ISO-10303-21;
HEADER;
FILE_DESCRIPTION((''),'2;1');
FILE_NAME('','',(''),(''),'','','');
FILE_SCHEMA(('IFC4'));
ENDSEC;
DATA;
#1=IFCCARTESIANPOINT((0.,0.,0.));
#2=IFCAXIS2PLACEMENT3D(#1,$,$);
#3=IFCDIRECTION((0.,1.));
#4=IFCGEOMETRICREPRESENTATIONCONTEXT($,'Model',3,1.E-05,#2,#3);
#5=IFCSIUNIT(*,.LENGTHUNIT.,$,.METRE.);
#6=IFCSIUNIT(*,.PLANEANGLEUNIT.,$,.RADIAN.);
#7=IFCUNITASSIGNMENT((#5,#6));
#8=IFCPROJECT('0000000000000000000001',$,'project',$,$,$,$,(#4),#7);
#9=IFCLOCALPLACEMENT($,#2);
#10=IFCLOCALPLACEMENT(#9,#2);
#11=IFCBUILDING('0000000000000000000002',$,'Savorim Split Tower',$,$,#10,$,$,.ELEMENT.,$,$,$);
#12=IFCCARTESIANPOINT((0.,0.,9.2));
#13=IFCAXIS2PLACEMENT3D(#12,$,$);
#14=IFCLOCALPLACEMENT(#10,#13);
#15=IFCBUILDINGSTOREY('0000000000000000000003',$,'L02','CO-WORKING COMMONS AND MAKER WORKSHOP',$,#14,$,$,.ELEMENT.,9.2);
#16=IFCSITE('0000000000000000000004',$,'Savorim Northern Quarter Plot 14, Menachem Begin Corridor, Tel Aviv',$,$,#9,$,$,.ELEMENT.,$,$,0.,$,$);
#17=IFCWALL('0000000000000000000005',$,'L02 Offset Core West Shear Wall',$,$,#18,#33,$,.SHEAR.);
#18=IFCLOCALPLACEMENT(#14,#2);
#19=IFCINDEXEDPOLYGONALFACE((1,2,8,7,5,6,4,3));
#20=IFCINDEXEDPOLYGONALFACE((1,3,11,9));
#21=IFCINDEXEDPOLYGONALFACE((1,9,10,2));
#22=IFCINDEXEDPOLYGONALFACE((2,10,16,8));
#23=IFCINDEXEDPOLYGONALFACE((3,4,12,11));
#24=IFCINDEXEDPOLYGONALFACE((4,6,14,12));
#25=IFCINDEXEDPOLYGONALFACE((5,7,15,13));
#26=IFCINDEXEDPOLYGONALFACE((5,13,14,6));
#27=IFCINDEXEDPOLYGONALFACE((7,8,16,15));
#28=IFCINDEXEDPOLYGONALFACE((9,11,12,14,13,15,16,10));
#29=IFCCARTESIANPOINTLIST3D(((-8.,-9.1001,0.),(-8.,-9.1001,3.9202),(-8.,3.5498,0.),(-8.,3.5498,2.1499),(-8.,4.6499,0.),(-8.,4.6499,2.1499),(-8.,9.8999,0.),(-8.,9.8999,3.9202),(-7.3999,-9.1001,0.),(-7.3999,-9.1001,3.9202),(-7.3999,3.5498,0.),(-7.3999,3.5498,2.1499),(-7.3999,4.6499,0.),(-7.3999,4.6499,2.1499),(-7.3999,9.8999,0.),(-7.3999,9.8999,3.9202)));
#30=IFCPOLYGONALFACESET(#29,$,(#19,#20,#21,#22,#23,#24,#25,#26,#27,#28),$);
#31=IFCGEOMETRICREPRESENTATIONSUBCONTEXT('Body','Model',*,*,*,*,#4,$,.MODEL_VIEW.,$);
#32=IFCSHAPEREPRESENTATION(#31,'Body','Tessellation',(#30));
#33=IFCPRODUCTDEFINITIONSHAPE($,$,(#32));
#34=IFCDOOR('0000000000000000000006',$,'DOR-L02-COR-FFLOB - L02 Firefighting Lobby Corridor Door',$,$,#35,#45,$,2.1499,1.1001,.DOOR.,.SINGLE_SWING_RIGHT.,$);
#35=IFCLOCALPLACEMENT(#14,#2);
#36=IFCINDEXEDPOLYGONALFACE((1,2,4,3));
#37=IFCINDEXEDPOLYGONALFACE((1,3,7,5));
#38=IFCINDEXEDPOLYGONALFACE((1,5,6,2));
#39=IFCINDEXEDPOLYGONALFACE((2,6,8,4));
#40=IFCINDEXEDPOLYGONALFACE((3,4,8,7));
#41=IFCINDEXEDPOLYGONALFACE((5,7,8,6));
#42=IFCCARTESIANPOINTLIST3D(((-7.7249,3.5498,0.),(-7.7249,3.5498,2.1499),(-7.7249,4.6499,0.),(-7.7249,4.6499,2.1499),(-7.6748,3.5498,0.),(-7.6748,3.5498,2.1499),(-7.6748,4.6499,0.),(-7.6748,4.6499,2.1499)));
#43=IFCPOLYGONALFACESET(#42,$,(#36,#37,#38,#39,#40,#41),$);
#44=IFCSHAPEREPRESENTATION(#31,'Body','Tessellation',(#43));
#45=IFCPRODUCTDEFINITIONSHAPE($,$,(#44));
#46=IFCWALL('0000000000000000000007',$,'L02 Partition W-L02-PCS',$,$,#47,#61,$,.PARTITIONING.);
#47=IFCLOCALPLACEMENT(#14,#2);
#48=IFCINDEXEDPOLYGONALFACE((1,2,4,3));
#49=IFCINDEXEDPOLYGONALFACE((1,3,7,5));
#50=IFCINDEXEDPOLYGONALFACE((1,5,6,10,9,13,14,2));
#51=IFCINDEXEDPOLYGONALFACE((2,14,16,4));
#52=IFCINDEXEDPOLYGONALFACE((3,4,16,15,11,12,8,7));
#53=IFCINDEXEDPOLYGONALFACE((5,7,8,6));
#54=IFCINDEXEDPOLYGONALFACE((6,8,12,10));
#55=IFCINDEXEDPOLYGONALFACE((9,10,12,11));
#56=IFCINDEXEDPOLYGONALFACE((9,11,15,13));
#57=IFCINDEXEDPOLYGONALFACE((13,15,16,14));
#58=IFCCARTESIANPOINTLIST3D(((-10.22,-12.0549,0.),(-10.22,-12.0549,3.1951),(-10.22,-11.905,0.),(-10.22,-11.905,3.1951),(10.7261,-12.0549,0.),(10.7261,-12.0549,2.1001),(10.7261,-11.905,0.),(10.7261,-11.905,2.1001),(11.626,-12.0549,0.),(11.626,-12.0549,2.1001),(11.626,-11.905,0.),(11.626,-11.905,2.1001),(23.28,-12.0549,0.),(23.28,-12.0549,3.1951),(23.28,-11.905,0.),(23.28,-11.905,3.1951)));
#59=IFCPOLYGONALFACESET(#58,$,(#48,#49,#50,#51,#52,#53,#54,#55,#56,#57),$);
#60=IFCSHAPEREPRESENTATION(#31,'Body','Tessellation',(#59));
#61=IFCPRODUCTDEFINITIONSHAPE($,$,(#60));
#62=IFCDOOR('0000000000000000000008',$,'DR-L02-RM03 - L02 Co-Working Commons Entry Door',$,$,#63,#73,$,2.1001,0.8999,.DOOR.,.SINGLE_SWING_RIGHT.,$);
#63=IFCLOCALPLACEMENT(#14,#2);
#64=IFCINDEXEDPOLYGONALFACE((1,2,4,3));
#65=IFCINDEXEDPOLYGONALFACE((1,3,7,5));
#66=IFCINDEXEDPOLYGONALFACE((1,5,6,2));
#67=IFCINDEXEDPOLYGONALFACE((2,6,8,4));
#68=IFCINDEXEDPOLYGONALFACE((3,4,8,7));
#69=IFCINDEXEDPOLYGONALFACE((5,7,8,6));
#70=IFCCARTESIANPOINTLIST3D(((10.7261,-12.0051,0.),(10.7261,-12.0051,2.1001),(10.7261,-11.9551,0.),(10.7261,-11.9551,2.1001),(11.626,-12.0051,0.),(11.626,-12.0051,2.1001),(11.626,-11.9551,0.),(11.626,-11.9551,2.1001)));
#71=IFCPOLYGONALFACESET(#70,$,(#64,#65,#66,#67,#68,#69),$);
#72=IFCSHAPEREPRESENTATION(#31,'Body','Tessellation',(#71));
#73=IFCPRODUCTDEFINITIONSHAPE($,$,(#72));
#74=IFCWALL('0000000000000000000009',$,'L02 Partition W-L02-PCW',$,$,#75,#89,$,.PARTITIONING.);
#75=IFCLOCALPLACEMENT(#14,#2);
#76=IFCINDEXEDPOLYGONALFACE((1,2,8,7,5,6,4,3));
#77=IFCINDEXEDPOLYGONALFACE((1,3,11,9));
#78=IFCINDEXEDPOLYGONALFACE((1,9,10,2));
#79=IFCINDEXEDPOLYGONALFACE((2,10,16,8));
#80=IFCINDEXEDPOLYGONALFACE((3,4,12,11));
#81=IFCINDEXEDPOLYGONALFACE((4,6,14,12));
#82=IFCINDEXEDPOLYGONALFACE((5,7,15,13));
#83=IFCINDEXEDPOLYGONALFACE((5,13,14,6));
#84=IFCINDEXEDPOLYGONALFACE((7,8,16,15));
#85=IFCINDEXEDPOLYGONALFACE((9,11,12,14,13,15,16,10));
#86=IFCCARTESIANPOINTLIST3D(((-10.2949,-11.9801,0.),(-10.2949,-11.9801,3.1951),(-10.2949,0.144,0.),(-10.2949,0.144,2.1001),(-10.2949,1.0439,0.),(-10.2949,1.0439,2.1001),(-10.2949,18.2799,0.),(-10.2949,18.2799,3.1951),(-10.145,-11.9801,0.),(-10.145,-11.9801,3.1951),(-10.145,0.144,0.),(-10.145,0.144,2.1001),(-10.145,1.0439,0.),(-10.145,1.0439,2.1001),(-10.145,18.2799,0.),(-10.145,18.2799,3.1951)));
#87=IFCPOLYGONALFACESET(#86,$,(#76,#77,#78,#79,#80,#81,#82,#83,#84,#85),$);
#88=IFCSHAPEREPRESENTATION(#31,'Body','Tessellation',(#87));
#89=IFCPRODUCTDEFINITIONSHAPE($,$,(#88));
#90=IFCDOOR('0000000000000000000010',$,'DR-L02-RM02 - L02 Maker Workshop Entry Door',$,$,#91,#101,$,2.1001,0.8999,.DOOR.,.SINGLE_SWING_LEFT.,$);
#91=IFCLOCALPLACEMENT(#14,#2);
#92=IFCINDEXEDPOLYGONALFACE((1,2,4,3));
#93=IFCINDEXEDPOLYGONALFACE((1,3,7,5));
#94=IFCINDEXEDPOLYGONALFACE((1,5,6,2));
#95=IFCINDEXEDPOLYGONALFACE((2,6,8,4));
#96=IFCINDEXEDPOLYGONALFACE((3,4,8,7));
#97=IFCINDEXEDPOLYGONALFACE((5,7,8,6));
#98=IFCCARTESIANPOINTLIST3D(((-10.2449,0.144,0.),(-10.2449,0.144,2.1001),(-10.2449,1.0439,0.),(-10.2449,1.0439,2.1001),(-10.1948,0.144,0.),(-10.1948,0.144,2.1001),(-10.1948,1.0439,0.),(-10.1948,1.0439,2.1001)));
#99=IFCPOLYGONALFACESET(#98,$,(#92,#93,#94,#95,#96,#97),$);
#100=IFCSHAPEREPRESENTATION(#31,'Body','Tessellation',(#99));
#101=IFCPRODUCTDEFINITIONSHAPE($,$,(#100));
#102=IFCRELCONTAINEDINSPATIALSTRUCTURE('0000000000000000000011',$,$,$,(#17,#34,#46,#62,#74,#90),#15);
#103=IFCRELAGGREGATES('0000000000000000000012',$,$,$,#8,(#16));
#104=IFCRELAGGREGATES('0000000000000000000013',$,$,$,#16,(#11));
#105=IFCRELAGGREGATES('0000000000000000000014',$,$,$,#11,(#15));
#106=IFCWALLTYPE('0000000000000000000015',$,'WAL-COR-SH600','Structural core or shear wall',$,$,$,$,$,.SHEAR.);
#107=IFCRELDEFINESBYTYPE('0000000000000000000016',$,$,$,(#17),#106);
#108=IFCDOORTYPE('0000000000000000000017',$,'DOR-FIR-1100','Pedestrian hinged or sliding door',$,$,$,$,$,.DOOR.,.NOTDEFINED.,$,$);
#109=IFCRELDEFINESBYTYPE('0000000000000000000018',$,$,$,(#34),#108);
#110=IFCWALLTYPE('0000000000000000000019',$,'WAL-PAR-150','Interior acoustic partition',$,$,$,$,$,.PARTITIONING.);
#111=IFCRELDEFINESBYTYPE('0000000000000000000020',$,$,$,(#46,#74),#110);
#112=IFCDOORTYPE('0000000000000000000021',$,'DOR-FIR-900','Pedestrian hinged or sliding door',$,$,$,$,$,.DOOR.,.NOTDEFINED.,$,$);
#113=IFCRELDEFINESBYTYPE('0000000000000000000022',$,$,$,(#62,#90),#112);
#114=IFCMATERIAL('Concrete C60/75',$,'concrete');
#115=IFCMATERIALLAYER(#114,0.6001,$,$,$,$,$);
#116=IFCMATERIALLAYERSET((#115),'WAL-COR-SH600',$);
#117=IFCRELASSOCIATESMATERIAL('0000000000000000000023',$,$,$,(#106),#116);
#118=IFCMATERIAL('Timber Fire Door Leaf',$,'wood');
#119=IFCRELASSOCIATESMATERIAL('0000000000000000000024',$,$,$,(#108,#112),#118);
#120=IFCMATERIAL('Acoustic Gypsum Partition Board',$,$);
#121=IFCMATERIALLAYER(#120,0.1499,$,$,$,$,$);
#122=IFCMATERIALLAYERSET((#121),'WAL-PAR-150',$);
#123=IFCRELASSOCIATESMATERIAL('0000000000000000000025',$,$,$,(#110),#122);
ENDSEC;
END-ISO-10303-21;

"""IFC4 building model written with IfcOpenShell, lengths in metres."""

from ifc_helpers import new_model, si_unit, direction, frame, frame_2d, origin, place, context, subcontext, project, spatial, rectangle, extrude, material, layer, layer_set, type_object, element, fill, save


model = new_model("IFC4")

# Units and contexts
model_context = context("Model", 3, precision=1e-05, world=origin(), true_north=direction((0.0, 1.0)))
body_context = subcontext(model_context, "Body", "Model", "MODEL_VIEW")
ifc_project = project(units=[si_unit("LENGTHUNIT", "METRE"), si_unit("PLANEANGLEUNIT", "RADIAN")], contexts=[model_context])

# Site, building, storey
site_placement = place(None, origin())
site = spatial("IfcSite", under=ifc_project, at=site_placement, Name="Savorim Northern Quarter Plot 14, Menachem Begin Corridor, Tel Aviv", CompositionType="ELEMENT", RefElevation=0.0)
building_placement = place(site_placement, origin())
building = spatial("IfcBuilding", under=site, at=building_placement, Name="Savorim Split Tower", CompositionType="ELEMENT")
storey_placement = place(building_placement, frame((0.0, 0.0, 9.2)))
storey = spatial("IfcBuildingStorey", under=building, at=storey_placement, Name="L02", Description="CO-WORKING COMMONS AND MAKER WORKSHOP", CompositionType="ELEMENT", Elevation=9.2)

# Shared definitions
ifc_material_1 = material(Name="Concrete C60/75", Category="concrete")

# Walls, openings, doors
ifc_layer_1 = layer(ifc_material_1, 0.6001)
ifc_layer_set_1 = layer_set([ifc_layer_1], Name="WAL-COR-SH600")
wall_type_1 = type_object("IfcWallType", Name="WAL-COR-SH600", Description="Structural core or shear wall", PredefinedType="SHEAR", material=ifc_layer_set_1)
ifc_material_2 = material(Name="Timber Fire Door Leaf", Category="wood")
wall_1_placement = place(storey_placement, frame((-7.7, -9.1001, 0.0), z_axis=(0.0, 0.0, 1.0), x_axis=(0.0, 1.0, 0.0)))
wall_1 = element("IfcWall", 1, at=wall_1_placement, inside=storey, type_object=wall_type_1, Name="L02 Offset Core West Shear Wall", PredefinedType="SHEAR", context=body_context, shape_type="SweptSolid", body=[
    extrude(rectangle(XDim=19.0, YDim=0.6001, at=frame_2d((9.5, 0.0))), origin(), (0.0, 0.0, 1.0), 3.9202),
])
opening_1_placement = place(wall_1_placement, frame((12.6499, 0.0, 0.0)))
opening_1 = element("IfcOpeningElement", 2, at=opening_1_placement, cuts=wall_1, PredefinedType="OPENING", context=body_context, shape_type="SweptSolid", body=[
    extrude(rectangle(XDim=1.1001, YDim=2.1499, at=frame_2d((0.55, 1.075))), frame((0.0, 0.3101, 0.0), z_axis=(0.0, -1.0, 0.0), x_axis=(1.0, 0.0, 0.0)), (0.0, 0.0, 1.0), 0.6201),
])
door_type_1 = type_object("IfcDoorType", Name="DOR-FIR-1100", Description="Pedestrian hinged or sliding door", OperationType="NOTDEFINED", PredefinedType="DOOR", material=ifc_material_2)
door_1_placement = place(opening_1_placement, origin())
door_1 = element("IfcDoor", 3, at=door_1_placement, inside=storey, type_object=door_type_1, Name="DOR-L02-COR-FFLOB - L02 Firefighting Lobby Corridor Door", OperationType="SINGLE_SWING_RIGHT", OverallHeight=2.1499, OverallWidth=1.1001, PredefinedType="DOOR", context=body_context, shape_type="SweptSolid", body=[
    extrude(rectangle(XDim=1.1001, YDim=2.1499, at=frame_2d((0.55, 1.075))), frame((0.0, 0.0249, 0.0), z_axis=(0.0, -1.0, 0.0), x_axis=(1.0, 0.0, 0.0)), (0.0, 0.0, 1.0), 0.05),
])
fill(opening_1, door_1)
ifc_material_3 = material(Name="Acoustic Gypsum Partition Board")
ifc_layer_2 = layer(ifc_material_3, 0.1499)
ifc_layer_set_2 = layer_set([ifc_layer_2], Name="WAL-PAR-150")
wall_type_2 = type_object("IfcWallType", Name="WAL-PAR-150", Description="Interior acoustic partition", PredefinedType="PARTITIONING", material=ifc_layer_set_2)
wall_2_placement = place(storey_placement, frame((-10.22, -11.98, 0.0), z_axis=(0.0, 0.0, 1.0), x_axis=(1.0, 0.0, 0.0)))
wall_2 = element("IfcWall", 4, at=wall_2_placement, inside=storey, type_object=wall_type_2, Name="L02 Partition W-L02-PCS", PredefinedType="PARTITIONING", context=body_context, shape_type="SweptSolid", body=[
    extrude(rectangle(XDim=33.5, YDim=0.1499, at=frame_2d((16.75, 0.0))), origin(), (0.0, 0.0, 1.0), 3.1951),
])
opening_2_placement = place(wall_2_placement, frame((20.946, 0.0, 0.0)))
opening_2 = element("IfcOpeningElement", 5, at=opening_2_placement, cuts=wall_2, PredefinedType="OPENING", context=body_context, shape_type="SweptSolid", body=[
    extrude(rectangle(XDim=0.8999, YDim=2.1001, at=frame_2d((0.45, 1.05))), frame((0.0, 0.085, 0.0), z_axis=(0.0, -1.0, 0.0), x_axis=(1.0, 0.0, 0.0)), (0.0, 0.0, 1.0), 0.1699),
])
door_type_2 = type_object("IfcDoorType", Name="DOR-FIR-900", Description="Pedestrian hinged or sliding door", OperationType="NOTDEFINED", PredefinedType="DOOR", material=ifc_material_2)
door_2_placement = place(opening_2_placement, origin())
door_2 = element("IfcDoor", 6, at=door_2_placement, inside=storey, type_object=door_type_2, Name="DR-L02-RM03 - L02 Co-Working Commons Entry Door", OperationType="SINGLE_SWING_RIGHT", OverallHeight=2.1001, OverallWidth=0.8999, PredefinedType="DOOR", context=body_context, shape_type="SweptSolid", body=[
    extrude(rectangle(XDim=0.8999, YDim=2.1001, at=frame_2d((0.45, 1.05))), frame((0.0, 0.0249, 0.0), z_axis=(0.0, -1.0, 0.0), x_axis=(1.0, 0.0, 0.0)), (0.0, 0.0, 1.0), 0.05),
])
fill(opening_2, door_2)
wall_3_placement = place(storey_placement, frame((-10.22, -11.98, 0.0), z_axis=(0.0, 0.0, 1.0), x_axis=(0.0, 1.0, 0.0)))
wall_3 = element("IfcWall", 7, at=wall_3_placement, inside=storey, type_object=wall_type_2, Name="L02 Partition W-L02-PCW", PredefinedType="PARTITIONING", context=body_context, shape_type="SweptSolid", body=[
    extrude(rectangle(XDim=30.26, YDim=0.1499, at=frame_2d((15.1299, 0.0))), origin(), (0.0, 0.0, 1.0), 3.1951),
])
opening_3_placement = place(wall_3_placement, frame((12.124, 0.0, 0.0)))
opening_3 = element("IfcOpeningElement", 8, at=opening_3_placement, cuts=wall_3, PredefinedType="OPENING", context=body_context, shape_type="SweptSolid", body=[
    extrude(rectangle(XDim=0.8999, YDim=2.1001, at=frame_2d((0.45, 1.05))), frame((0.0, 0.085, 0.0), z_axis=(0.0, -1.0, 0.0), x_axis=(1.0, 0.0, 0.0)), (0.0, 0.0, 1.0), 0.1699),
])
door_3_placement = place(opening_3_placement, origin())
door_3 = element("IfcDoor", 9, at=door_3_placement, inside=storey, type_object=door_type_2, Name="DR-L02-RM02 - L02 Maker Workshop Entry Door", OperationType="SINGLE_SWING_LEFT", OverallHeight=2.1001, OverallWidth=0.8999, PredefinedType="DOOR", context=body_context, shape_type="SweptSolid", body=[
    extrude(rectangle(XDim=0.8999, YDim=2.1001, at=frame_2d((0.45, 1.05))), frame((0.0, 0.0249, 0.0), z_axis=(0.0, -1.0, 0.0), x_axis=(1.0, 0.0, 0.0)), (0.0, 0.0, 1.0), 0.05),
])
fill(opening_3, door_3)

save(model, "model.ifc")
